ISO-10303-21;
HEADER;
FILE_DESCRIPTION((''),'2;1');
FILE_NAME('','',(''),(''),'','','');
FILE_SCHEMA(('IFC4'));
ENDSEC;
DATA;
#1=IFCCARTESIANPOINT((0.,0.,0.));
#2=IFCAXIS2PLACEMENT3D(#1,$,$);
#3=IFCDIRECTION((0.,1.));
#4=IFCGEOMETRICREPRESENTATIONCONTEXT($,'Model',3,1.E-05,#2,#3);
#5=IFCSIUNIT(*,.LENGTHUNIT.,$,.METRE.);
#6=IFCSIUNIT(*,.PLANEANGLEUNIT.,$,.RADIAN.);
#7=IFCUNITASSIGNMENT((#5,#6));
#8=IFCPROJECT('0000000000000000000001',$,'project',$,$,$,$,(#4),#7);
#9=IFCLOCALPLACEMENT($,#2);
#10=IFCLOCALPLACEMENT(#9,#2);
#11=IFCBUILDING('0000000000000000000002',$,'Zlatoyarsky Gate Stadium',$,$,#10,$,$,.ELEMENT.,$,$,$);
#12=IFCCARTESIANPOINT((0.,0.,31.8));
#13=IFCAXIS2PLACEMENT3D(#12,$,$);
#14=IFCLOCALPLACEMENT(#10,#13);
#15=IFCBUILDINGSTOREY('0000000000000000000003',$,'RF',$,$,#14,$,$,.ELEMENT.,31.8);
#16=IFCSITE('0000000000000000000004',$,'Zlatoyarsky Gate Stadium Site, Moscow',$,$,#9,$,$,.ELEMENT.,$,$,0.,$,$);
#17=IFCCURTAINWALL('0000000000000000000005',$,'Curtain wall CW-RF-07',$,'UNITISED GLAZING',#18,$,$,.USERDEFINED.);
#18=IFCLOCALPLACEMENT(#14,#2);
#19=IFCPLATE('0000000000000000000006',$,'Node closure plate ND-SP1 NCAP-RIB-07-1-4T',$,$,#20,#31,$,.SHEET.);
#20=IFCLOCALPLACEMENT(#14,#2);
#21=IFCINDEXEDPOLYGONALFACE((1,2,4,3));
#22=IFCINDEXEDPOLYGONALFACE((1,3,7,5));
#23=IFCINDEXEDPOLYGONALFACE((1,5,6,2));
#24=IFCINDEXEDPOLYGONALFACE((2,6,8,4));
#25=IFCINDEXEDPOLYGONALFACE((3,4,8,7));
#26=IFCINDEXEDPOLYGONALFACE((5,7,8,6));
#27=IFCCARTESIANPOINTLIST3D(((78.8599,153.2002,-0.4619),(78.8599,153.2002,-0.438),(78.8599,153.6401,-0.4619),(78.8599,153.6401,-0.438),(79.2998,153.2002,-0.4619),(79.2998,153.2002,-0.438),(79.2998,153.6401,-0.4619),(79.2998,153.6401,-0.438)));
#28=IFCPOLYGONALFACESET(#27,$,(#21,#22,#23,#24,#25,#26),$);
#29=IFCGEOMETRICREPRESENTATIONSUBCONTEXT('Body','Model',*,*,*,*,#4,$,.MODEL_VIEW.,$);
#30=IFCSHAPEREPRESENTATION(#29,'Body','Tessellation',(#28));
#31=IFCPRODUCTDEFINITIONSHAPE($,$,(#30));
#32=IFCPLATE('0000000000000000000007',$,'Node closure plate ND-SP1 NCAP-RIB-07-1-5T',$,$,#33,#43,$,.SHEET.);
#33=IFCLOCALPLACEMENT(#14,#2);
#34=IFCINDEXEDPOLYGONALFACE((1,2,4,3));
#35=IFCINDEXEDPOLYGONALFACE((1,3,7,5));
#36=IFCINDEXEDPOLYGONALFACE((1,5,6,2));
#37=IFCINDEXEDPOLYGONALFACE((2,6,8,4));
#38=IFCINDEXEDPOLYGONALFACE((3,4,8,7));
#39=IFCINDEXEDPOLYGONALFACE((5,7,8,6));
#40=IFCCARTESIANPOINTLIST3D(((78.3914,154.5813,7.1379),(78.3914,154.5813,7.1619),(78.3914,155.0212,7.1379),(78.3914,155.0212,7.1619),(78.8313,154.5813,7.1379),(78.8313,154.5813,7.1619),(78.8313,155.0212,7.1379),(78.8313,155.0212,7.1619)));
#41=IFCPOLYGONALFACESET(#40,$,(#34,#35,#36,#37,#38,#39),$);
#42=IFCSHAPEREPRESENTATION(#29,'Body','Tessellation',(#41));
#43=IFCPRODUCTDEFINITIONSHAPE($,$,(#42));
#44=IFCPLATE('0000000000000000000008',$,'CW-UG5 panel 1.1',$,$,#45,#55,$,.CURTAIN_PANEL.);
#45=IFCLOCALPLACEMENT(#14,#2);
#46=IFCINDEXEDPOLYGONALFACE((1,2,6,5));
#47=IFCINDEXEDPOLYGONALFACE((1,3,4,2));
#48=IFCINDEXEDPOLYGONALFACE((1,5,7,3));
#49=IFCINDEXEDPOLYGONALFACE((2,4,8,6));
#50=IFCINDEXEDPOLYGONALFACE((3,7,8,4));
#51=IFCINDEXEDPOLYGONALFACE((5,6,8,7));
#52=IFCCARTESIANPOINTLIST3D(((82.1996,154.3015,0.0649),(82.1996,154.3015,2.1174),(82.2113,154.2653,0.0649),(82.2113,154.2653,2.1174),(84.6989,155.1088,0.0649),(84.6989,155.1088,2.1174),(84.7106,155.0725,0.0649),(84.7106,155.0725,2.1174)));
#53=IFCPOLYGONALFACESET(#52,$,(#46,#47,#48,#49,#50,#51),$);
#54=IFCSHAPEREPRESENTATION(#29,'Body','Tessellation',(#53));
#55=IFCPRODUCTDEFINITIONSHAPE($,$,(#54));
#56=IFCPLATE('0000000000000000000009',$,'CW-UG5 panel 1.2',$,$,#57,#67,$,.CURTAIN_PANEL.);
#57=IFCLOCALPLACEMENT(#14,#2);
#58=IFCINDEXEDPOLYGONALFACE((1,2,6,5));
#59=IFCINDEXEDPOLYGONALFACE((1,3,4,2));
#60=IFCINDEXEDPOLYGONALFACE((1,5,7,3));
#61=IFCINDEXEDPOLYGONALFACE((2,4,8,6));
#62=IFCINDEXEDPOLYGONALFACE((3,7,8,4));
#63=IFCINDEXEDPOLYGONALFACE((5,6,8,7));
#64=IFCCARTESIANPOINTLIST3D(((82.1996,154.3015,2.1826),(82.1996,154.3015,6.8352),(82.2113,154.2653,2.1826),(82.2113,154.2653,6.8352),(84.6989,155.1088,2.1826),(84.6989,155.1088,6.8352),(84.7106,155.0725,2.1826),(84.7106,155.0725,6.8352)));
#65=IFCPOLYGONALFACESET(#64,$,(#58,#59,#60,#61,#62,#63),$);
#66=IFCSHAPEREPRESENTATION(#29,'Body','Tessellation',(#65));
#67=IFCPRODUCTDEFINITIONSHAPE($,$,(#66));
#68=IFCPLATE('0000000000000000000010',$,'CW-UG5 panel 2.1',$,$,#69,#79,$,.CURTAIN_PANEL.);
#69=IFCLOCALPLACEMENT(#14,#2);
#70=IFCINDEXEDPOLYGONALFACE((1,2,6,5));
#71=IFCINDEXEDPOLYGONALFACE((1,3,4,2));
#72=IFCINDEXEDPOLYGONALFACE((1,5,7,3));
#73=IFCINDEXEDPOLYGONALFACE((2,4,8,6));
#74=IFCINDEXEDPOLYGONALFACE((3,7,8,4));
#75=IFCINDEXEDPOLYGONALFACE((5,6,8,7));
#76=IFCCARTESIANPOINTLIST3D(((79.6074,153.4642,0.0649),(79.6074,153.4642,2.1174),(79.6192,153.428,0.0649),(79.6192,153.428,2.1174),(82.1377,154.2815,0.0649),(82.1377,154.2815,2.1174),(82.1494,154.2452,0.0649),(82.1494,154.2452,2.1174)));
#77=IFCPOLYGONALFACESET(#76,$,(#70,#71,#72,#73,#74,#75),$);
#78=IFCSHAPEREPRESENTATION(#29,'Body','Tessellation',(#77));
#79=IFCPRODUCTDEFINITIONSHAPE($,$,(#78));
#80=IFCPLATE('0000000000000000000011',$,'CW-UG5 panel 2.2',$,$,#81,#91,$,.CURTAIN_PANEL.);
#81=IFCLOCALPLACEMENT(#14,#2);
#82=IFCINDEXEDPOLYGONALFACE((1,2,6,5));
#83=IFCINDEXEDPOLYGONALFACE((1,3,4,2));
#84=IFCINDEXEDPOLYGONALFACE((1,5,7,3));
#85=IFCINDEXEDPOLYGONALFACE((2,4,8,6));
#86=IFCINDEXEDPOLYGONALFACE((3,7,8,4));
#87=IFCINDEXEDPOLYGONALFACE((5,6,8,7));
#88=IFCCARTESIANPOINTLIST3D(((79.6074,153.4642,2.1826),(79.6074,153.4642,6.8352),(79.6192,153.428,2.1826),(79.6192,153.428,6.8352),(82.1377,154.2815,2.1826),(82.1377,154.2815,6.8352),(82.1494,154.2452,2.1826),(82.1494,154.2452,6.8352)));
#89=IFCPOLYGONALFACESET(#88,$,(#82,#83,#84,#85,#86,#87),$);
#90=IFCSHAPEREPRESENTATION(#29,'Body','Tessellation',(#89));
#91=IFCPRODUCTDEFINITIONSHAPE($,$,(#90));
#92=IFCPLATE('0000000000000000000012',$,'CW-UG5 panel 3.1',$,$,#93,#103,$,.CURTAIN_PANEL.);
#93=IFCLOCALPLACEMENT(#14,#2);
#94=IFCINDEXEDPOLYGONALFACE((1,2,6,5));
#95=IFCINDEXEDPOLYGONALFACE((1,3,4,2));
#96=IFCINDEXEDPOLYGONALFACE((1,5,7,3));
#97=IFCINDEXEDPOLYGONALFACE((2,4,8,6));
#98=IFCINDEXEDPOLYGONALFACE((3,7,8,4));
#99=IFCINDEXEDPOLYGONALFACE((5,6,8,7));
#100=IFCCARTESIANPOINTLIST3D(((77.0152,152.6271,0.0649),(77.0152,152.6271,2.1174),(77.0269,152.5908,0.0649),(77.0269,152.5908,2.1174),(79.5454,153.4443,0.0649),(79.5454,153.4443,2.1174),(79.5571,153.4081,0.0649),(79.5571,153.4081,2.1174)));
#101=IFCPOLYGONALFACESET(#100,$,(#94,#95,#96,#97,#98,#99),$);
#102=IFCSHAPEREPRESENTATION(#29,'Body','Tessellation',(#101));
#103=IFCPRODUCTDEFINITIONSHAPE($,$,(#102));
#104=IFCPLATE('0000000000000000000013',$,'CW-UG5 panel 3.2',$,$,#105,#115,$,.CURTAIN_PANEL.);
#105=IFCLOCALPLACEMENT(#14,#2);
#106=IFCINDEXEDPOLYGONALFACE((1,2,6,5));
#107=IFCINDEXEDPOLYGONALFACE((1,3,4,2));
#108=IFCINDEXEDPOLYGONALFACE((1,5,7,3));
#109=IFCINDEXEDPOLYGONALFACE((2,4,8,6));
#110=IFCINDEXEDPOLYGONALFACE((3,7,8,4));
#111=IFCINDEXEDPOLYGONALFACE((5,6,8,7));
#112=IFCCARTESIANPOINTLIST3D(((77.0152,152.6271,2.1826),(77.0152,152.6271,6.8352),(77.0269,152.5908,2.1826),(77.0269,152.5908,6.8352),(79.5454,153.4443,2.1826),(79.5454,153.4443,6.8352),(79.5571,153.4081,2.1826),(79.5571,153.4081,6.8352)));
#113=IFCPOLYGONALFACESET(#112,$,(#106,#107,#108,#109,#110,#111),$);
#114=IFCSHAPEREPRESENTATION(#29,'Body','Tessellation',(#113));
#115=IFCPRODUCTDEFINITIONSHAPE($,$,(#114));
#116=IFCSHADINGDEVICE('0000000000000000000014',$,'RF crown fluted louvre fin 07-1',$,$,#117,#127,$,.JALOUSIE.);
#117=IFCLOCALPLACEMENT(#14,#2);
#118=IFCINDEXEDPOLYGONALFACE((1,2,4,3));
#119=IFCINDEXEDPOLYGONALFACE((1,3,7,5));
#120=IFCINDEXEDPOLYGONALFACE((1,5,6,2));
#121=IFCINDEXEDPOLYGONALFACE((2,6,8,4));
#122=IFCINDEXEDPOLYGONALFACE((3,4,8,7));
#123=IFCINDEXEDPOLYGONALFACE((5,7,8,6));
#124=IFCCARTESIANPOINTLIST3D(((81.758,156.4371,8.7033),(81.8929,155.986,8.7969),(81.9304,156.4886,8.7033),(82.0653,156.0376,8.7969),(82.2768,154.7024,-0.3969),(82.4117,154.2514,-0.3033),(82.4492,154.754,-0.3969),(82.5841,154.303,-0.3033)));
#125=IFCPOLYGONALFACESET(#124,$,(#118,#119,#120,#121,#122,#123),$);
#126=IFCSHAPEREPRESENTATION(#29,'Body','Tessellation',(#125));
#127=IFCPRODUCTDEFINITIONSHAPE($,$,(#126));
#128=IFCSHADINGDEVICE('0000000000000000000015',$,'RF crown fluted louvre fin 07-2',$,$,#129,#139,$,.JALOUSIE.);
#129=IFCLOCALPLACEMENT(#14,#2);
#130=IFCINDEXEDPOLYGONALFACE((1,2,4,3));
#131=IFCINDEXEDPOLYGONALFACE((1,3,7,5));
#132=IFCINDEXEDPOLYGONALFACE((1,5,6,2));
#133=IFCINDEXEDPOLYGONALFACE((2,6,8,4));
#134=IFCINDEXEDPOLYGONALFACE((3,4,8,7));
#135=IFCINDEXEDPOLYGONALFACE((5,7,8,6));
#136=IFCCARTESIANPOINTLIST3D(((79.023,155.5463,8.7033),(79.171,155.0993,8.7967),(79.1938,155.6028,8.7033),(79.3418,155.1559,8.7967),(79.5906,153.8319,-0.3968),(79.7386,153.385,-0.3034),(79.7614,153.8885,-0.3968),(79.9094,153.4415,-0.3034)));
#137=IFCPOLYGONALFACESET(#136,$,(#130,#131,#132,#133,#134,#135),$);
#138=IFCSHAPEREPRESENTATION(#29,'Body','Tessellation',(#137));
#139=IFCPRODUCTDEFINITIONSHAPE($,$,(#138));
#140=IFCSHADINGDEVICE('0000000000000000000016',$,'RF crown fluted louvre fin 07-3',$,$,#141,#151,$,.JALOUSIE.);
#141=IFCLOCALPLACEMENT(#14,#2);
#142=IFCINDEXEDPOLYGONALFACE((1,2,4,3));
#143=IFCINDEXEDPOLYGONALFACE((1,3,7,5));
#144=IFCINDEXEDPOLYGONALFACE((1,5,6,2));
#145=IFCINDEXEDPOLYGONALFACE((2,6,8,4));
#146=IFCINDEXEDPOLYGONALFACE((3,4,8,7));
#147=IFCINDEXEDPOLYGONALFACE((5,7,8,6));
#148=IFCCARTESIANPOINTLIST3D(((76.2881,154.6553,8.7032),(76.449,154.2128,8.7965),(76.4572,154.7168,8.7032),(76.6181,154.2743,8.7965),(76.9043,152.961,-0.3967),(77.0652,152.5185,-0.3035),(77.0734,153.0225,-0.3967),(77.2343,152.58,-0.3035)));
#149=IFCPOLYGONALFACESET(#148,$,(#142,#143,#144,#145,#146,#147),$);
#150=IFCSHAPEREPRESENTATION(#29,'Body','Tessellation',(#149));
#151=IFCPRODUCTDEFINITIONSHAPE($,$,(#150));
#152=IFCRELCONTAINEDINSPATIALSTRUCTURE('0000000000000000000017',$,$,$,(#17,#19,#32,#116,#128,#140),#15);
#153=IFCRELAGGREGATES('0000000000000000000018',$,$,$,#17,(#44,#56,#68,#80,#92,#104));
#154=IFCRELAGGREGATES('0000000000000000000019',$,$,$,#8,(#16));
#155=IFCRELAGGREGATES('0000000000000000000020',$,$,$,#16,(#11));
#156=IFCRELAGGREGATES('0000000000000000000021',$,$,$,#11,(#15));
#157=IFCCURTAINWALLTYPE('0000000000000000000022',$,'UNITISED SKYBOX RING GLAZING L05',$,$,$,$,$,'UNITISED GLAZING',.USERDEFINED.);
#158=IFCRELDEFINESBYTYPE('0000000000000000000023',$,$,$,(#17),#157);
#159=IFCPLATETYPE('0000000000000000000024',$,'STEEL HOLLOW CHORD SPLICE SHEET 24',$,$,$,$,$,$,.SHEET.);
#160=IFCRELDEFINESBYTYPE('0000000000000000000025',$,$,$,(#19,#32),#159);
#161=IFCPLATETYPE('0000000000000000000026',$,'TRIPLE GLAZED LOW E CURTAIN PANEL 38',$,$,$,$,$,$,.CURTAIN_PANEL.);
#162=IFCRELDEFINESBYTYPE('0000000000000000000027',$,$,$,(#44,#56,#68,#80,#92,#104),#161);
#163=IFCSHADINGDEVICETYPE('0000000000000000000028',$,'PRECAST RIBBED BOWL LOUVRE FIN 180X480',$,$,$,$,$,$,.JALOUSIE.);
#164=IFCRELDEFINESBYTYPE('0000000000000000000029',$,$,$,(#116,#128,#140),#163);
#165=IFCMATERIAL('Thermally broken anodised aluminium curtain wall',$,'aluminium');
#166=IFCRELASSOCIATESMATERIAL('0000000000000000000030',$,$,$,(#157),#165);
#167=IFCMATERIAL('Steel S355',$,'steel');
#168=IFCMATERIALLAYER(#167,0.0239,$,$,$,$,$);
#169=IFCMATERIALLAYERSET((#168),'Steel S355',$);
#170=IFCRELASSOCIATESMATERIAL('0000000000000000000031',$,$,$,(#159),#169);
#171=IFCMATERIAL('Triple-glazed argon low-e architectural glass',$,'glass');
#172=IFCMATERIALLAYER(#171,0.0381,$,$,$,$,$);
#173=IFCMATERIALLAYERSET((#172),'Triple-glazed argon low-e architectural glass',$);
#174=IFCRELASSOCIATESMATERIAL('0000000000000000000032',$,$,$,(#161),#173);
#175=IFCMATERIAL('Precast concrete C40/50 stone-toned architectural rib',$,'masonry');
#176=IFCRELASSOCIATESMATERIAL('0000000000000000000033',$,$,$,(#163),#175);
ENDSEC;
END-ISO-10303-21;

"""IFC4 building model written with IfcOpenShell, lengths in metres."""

from ifc_helpers import new_model, si_unit, direction, frame, origin, origin_2d, place, context, subcontext, project, spatial, rectangle, extrude, material, layer, layer_set, material_profile, profile_set, type_object, element, aggregate, save


model = new_model("IFC4")

# Units and contexts
model_context = context("Model", 3, precision=1e-05, world=origin(), true_north=direction((0.0, 1.0)))
body_context = subcontext(model_context, "Body", "Model", "MODEL_VIEW")
ifc_project = project(units=[si_unit("LENGTHUNIT", "METRE"), si_unit("PLANEANGLEUNIT", "RADIAN")], contexts=[model_context])

# Site, building, storey
site_placement = place(None, origin())
site = spatial("IfcSite", under=ifc_project, at=site_placement, Name="Zlatoyarsky Gate Stadium Site, Moscow", CompositionType="ELEMENT", RefElevation=0.0)
building_placement = place(site_placement, origin())
building = spatial("IfcBuilding", under=site, at=building_placement, Name="Zlatoyarsky Gate Stadium", CompositionType="ELEMENT")
storey_placement = place(building_placement, frame((0.0, 0.0, 31.8)))
storey = spatial("IfcBuildingStorey", under=building, at=storey_placement, Name="RF", CompositionType="ELEMENT", Elevation=31.8)

# Curtain wall
ifc_material_1 = material(Name="Thermally broken anodised aluminium curtain wall", Category="aluminium")
curtain_wall_type = type_object("IfcCurtainWallType", Name="UNITISED SKYBOX RING GLAZING L05", ElementType="UNITISED GLAZING", PredefinedType="USERDEFINED", material=ifc_material_1)
curtain_wall_placement = place(storey_placement, origin())
curtain_wall = element("IfcCurtainWall", 1, at=curtain_wall_placement, inside=storey, type_object=curtain_wall_type, Name="Curtain wall CW-RF-07", ObjectType="UNITISED GLAZING", PredefinedType="USERDEFINED")

# Shared definitions
ifc_material_2 = material(Name="Steel S355", Category="steel")

# Plates
ifc_layer_1 = layer(ifc_material_2, 0.0239)
ifc_layer_set_1 = layer_set([ifc_layer_1], Name="Steel S355")
plate_type_1 = type_object("IfcPlateType", Name="STEEL HOLLOW CHORD SPLICE SHEET 24", PredefinedType="SHEET", material=ifc_layer_set_1)
for number, where, z_axis, x_axis, name in (
    (2, (79.0798, 153.4202, -0.4619), (0.0, 0.0, 1.0), (1.0, 0.0, 0.0), "Node closure plate ND-SP1 NCAP-RIB-07-1-4T"),
    (3, (78.6113, 154.8013, 7.1379), (0.0, 0.0, 1.0), (1.0, 0.0, 0.0), "Node closure plate ND-SP1 NCAP-RIB-07-1-5T"),
):
    element("IfcPlate", number, at=place(storey_placement, frame(where, z_axis=z_axis, x_axis=x_axis)), inside=storey, type_object=plate_type_1, Name=name, PredefinedType="SHEET", context=body_context, shape_type="SweptSolid", body=[
        extrude(rectangle(XDim=0.4399, YDim=0.4399, at=origin_2d()), origin(), (0.0, 0.0, 1.0), 0.0239),
    ])

# Plates
ifc_material_3 = material(Name="Triple-glazed argon low-e architectural glass", Category="glass")
ifc_layer_2 = layer(ifc_material_3, 0.0381)
ifc_layer_set_2 = layer_set([ifc_layer_2], Name="Triple-glazed argon low-e architectural glass")
plate_type_2 = type_object("IfcPlateType", Name="TRIPLE GLAZED LOW E CURTAIN PANEL 38", PredefinedType="CURTAIN_PANEL", material=ifc_layer_set_2)
plate_1_placement = place(storey_placement, frame((83.4551, 154.687, 0.0649), z_axis=(0.0, 0.0, 1.0), x_axis=(-0.951596, -0.307352, 0.0)))
plate_1 = element("IfcPlate", 4, at=plate_1_placement, type_object=plate_type_2, Name="CW-UG5 panel 1.1", PredefinedType="CURTAIN_PANEL", context=body_context, shape_type="SweptSolid", body=[
    extrude(rectangle(XDim=2.6265, YDim=0.0381, at=origin_2d()), origin(), (0.0, 0.0, 1.0), 2.0525),
])
plate_2_placement = place(storey_placement, frame((83.4551, 154.687, 2.1826), z_axis=(0.0, 0.0, 1.0), x_axis=(-0.951596, -0.307352, 0.0)))
plate_2 = element("IfcPlate", 5, at=plate_2_placement, type_object=plate_type_2, Name="CW-UG5 panel 1.2", PredefinedType="CURTAIN_PANEL", context=body_context, shape_type="SweptSolid", body=[
    extrude(rectangle(XDim=2.6265, YDim=0.0381, at=origin_2d()), origin(), (0.0, 0.0, 1.0), 4.6526),
])
plate_3_placement = place(storey_placement, frame((80.8784, 153.8547, 0.0649), z_axis=(0.0, 0.0, 1.0), x_axis=(-0.951596, -0.307352, 0.0)))
plate_3 = element("IfcPlate", 6, at=plate_3_placement, type_object=plate_type_2, Name="CW-UG5 panel 2.1", PredefinedType="CURTAIN_PANEL", context=body_context, shape_type="SweptSolid", body=[
    extrude(rectangle(XDim=2.6589, YDim=0.0381, at=origin_2d()), origin(), (0.0, 0.0, 1.0), 2.0525),
])
plate_4_placement = place(storey_placement, frame((80.8784, 153.8547, 2.1826), z_axis=(0.0, 0.0, 1.0), x_axis=(-0.951596, -0.307352, 0.0)))
plate_4 = element("IfcPlate", 7, at=plate_4_placement, type_object=plate_type_2, Name="CW-UG5 panel 2.2", PredefinedType="CURTAIN_PANEL", context=body_context, shape_type="SweptSolid", body=[
    extrude(rectangle(XDim=2.6589, YDim=0.0381, at=origin_2d()), origin(), (0.0, 0.0, 1.0), 4.6526),
])
plate_5_placement = place(storey_placement, frame((78.2861, 153.0176, 0.0649), z_axis=(0.0, 0.0, 1.0), x_axis=(-0.951596, -0.307352, 0.0)))
plate_5 = element("IfcPlate", 8, at=plate_5_placement, type_object=plate_type_2, Name="CW-UG5 panel 3.1", PredefinedType="CURTAIN_PANEL", context=body_context, shape_type="SweptSolid", body=[
    extrude(rectangle(XDim=2.6589, YDim=0.0381, at=origin_2d()), origin(), (0.0, 0.0, 1.0), 2.0525),
])
plate_6_placement = place(storey_placement, frame((78.2861, 153.0176, 2.1826), z_axis=(0.0, 0.0, 1.0), x_axis=(-0.951596, -0.307352, 0.0)))
plate_6 = element("IfcPlate", 9, at=plate_6_placement, type_object=plate_type_2, Name="CW-UG5 panel 3.2", PredefinedType="CURTAIN_PANEL", context=body_context, shape_type="SweptSolid", body=[
    extrude(rectangle(XDim=2.6589, YDim=0.0381, at=origin_2d()), origin(), (0.0, 0.0, 1.0), 4.6526),
])
aggregate(curtain_wall, [plate_1, plate_2, plate_3, plate_4, plate_5, plate_6])

# Shading devices
ifc_material_4 = material(Name="Precast concrete C40/50 stone-toned architectural rib", Category="masonry")
ifc_material_profile_1 = material_profile(ifc_material_4, rectangle(XDim=0.1799, YDim=0.48, at=origin_2d()), Name="RIB 180X480")
ifc_profile_set_1 = profile_set([ifc_material_profile_1], Name="Precast concrete C40/50 stone-toned architectural rib")
shading_device_type = type_object("IfcShadingDeviceType", Name="PRECAST RIBBED BOWL LOUVRE FIN 180X480", PredefinedType="JALOUSIE", material=ifc_profile_set_1)
shading_device_1_placement = place(storey_placement, frame((82.4304, 154.5027, -0.3501), z_axis=(-0.055914, 0.186951, 0.980777), x_axis=(-0.958067, -0.286544, 0.0)))
element("IfcShadingDevice", 10, at=shading_device_1_placement, inside=storey, type_object=shading_device_type, Name="RF crown fluted louvre fin 07-1", PredefinedType="JALOUSIE", context=body_context, shape_type="SweptSolid", body=[
    extrude(rectangle(XDim=0.1799, YDim=0.48, at=origin_2d()), origin(), (0.0, 0.0, 1.0), 9.2786),
])
shading_device_2_placement = place(storey_placement, frame((79.75, 153.6367, -0.3501), z_axis=(-0.061183, 0.184785, 0.980873), x_axis=(-0.949317, -0.314321, 0.0)))
element("IfcShadingDevice", 11, at=shading_device_2_placement, inside=storey, type_object=shading_device_type, Name="RF crown fluted louvre fin 07-2", PredefinedType="JALOUSIE", context=body_context, shape_type="SweptSolid", body=[
    extrude(rectangle(XDim=0.1799, YDim=0.48, at=origin_2d()), origin(), (0.0, 0.0, 1.0), 9.2776),
])
shading_device_3_placement = place(storey_placement, frame((77.0693, 152.7705, -0.3501), z_axis=(-0.066424, 0.182639, 0.980934), x_axis=(-0.939778, -0.341787, 0.0)))
element("IfcShadingDevice", 12, at=shading_device_3_placement, inside=storey, type_object=shading_device_type, Name="RF crown fluted louvre fin 07-3", PredefinedType="JALOUSIE", context=body_context, shape_type="SweptSolid", body=[
    extrude(rectangle(XDim=0.1799, YDim=0.48, at=origin_2d()), origin(), (0.0, 0.0, 1.0), 9.2769),
])

save(model, "model.ifc")
